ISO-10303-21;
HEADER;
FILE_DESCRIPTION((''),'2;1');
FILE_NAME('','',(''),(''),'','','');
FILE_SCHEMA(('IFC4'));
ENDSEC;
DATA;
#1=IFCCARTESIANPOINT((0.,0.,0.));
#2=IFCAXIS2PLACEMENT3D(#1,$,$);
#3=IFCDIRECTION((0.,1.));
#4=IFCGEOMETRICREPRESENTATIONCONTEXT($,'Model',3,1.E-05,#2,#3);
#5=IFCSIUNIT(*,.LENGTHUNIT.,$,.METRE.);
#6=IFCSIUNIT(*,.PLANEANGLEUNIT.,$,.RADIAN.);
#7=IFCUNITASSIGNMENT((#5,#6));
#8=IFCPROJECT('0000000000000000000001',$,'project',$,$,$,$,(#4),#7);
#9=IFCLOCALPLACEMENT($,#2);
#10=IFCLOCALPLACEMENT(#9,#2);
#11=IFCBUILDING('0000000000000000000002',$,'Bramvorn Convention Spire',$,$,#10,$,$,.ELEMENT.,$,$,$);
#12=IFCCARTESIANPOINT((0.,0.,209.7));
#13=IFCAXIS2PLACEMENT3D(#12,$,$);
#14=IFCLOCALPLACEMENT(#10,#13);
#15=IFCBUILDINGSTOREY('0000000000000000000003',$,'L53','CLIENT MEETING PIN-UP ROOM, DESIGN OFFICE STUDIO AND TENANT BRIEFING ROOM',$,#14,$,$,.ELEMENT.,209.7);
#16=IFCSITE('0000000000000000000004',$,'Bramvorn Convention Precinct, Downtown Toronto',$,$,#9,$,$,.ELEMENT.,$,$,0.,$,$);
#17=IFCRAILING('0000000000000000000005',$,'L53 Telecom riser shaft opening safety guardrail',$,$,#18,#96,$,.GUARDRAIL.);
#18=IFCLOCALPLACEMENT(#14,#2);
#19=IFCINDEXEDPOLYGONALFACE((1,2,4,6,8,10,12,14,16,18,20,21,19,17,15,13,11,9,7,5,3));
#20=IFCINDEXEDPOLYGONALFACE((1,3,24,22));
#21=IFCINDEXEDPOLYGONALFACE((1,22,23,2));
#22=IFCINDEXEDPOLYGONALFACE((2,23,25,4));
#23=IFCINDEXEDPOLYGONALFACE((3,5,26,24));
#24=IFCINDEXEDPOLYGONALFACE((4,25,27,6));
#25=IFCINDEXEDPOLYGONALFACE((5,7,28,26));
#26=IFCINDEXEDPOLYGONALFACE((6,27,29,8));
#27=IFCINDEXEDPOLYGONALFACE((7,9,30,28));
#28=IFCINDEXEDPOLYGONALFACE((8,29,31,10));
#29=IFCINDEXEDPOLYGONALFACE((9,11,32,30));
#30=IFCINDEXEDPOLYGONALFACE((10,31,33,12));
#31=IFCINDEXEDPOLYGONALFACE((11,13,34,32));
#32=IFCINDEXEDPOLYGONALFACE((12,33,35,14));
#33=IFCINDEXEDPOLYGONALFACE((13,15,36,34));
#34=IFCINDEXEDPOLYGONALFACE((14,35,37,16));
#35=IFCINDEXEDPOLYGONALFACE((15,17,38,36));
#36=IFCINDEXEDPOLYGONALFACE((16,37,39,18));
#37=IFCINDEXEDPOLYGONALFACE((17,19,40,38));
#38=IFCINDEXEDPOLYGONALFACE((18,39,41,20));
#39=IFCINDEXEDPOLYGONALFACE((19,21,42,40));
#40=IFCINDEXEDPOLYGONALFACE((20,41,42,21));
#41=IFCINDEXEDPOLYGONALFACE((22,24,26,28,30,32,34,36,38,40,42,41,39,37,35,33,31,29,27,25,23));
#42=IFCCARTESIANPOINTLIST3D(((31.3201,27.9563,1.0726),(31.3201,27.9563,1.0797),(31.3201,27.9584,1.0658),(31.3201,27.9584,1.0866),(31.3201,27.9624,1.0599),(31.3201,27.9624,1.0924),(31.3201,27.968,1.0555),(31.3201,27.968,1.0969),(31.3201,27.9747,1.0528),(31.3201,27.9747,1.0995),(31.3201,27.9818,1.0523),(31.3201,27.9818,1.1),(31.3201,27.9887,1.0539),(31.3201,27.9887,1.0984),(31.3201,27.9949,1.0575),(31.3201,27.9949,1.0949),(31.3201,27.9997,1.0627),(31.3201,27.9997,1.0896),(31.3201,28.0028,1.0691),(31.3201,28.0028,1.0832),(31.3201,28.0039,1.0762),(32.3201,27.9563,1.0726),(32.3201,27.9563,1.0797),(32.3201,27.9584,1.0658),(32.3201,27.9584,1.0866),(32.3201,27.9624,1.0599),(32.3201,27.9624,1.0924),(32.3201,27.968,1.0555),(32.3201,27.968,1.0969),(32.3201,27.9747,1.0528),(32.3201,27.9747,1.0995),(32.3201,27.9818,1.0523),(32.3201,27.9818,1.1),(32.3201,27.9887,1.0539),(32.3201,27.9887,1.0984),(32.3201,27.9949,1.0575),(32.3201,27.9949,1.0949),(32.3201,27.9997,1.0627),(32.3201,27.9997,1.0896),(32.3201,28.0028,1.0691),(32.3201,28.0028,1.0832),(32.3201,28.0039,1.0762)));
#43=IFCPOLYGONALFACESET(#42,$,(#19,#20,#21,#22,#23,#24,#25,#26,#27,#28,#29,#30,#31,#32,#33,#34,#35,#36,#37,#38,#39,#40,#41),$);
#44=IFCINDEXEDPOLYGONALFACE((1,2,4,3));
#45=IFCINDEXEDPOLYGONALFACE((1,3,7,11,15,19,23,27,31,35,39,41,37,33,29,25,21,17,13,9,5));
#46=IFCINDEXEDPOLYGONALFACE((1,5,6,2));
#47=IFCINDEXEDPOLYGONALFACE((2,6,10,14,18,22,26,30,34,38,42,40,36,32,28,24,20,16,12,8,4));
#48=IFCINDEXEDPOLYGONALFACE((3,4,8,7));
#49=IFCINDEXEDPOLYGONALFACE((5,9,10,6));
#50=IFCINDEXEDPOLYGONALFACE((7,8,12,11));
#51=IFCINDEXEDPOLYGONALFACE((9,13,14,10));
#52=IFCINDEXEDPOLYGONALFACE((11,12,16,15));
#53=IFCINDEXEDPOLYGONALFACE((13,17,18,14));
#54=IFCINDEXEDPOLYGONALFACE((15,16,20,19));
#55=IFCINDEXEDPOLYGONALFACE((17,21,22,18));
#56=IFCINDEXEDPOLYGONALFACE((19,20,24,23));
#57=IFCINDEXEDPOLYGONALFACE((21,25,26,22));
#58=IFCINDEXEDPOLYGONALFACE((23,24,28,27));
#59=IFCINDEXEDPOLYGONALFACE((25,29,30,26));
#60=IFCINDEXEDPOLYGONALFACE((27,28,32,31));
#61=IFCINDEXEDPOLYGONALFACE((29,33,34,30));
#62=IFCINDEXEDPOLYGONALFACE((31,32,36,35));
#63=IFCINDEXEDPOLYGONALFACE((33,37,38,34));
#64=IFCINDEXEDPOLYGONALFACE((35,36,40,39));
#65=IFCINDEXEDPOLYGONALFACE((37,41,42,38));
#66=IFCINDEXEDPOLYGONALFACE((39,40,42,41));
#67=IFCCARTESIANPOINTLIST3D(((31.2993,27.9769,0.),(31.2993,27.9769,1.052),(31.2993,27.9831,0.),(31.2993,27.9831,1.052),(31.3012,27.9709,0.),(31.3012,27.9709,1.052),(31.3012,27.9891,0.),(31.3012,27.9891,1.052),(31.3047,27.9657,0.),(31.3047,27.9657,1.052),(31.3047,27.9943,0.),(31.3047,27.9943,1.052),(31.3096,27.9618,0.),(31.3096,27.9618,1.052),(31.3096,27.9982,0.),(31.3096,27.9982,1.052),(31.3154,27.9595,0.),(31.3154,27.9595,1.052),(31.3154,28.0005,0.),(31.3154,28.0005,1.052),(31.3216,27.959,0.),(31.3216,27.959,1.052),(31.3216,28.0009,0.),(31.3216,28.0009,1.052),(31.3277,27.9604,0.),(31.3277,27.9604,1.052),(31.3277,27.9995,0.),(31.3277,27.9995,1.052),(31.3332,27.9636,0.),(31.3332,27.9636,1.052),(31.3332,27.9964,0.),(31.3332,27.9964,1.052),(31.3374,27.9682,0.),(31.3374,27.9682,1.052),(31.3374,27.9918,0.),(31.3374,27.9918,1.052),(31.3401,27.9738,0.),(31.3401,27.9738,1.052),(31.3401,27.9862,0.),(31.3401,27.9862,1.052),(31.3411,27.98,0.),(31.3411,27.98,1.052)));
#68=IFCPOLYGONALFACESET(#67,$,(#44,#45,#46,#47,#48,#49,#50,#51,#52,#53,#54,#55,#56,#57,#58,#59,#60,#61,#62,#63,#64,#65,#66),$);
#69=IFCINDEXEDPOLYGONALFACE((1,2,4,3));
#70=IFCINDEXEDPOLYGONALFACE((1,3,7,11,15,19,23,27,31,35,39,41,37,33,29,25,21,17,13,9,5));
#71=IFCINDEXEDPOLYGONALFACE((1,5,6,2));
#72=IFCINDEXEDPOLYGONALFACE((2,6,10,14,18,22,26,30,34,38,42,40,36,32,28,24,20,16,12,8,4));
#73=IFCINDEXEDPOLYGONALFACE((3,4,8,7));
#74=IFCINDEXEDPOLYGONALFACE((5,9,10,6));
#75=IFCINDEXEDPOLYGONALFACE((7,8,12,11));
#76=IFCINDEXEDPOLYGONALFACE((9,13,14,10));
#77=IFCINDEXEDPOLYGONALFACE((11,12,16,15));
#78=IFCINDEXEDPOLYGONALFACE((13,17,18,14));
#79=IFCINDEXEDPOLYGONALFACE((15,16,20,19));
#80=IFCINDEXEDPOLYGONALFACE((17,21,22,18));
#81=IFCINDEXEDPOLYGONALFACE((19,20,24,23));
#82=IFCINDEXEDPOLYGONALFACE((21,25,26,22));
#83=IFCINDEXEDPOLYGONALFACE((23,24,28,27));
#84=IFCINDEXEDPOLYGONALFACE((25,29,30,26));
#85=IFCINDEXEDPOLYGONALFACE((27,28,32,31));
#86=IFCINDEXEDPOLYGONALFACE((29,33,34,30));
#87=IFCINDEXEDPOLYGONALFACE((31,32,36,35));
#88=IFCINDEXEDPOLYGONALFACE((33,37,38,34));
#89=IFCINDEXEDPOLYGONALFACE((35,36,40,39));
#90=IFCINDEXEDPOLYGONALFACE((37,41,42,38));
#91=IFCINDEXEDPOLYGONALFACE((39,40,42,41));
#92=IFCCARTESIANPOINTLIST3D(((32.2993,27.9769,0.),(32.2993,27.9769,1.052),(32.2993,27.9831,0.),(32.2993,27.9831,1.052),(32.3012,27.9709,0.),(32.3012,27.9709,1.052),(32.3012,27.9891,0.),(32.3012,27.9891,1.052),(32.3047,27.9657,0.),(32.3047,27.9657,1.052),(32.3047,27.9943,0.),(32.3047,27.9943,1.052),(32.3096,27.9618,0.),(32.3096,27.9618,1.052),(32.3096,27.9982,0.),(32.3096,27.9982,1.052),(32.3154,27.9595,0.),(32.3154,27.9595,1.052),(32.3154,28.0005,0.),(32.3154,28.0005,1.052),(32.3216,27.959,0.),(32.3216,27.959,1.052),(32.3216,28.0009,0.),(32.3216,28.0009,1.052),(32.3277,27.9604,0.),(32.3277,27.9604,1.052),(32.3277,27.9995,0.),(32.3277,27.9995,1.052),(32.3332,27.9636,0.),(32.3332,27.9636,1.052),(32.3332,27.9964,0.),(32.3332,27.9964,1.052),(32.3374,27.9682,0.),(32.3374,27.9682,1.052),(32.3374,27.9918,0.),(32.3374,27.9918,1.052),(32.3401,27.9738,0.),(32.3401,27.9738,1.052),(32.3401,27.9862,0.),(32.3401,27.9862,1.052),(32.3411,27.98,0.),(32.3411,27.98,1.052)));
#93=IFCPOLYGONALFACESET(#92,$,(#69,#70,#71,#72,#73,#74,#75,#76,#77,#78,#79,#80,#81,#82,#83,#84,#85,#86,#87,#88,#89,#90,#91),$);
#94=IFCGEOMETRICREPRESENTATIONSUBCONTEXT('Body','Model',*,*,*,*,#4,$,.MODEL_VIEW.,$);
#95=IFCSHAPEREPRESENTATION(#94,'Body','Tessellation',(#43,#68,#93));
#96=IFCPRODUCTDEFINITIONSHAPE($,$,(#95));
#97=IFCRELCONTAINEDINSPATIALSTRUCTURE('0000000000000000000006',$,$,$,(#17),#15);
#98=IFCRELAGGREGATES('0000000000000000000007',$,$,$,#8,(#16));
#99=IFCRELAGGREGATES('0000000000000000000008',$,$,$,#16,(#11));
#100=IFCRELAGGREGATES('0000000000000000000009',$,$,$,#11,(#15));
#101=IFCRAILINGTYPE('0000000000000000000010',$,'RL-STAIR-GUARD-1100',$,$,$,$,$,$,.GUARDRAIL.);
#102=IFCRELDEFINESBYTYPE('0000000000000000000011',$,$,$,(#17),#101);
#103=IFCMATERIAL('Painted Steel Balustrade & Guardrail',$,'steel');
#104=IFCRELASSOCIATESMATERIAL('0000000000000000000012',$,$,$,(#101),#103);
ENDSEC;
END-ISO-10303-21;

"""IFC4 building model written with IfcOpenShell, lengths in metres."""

from ifc_helpers import new_model, si_unit, direction, frame, origin, origin_2d, place, context, subcontext, project, spatial, circle, extrude, material, type_object, element, save


model = new_model("IFC4")

# Units and contexts
model_context = context("Model", 3, precision=1e-05, world=origin(), true_north=direction((0.0, 1.0)))
body_context = subcontext(model_context, "Body", "Model", "MODEL_VIEW")
ifc_project = project(units=[si_unit("LENGTHUNIT", "METRE"), si_unit("PLANEANGLEUNIT", "RADIAN")], contexts=[model_context])

# Site, building, storey
site_placement = place(None, origin())
site = spatial("IfcSite", under=ifc_project, at=site_placement, Name="Bramvorn Convention Precinct, Downtown Toronto", CompositionType="ELEMENT", RefElevation=0.0)
building_placement = place(site_placement, origin())
building = spatial("IfcBuilding", under=site, at=building_placement, Name="Bramvorn Convention Spire", CompositionType="ELEMENT")
storey_placement = place(building_placement, frame((0.0, 0.0, 209.7)))
storey = spatial("IfcBuildingStorey", under=building, at=storey_placement, Name="L53", Description="CLIENT MEETING PIN-UP ROOM, DESIGN OFFICE STUDIO AND TENANT BRIEFING ROOM", CompositionType="ELEMENT", Elevation=209.7)

# Railing
ifc_material_1 = material(Name="Painted Steel Balustrade & Guardrail", Category="steel")
railing_type = type_object("IfcRailingType", Name="RL-STAIR-GUARD-1100", PredefinedType="GUARDRAIL", material=ifc_material_1)
railing_1_placement = place(storey_placement, frame((31.3201, 27.98, 0.0)))
element("IfcRailing", 1, at=railing_1_placement, inside=storey, type_object=railing_type, Name="L53 Telecom riser shaft opening safety guardrail", PredefinedType="GUARDRAIL", context=body_context, shape_type="SweptSolid", body=[
    extrude(circle(Radius=0.0239, at=origin_2d()), frame((0.0, 0.0, 1.0762), z_axis=(1.0, 0.0, 0.0), x_axis=(0.0, 1.0, 0.0)), (0.0, 0.0, 1.0), 1.0),
    extrude(circle(Radius=0.021, at=origin_2d()), origin(), (0.0, 0.0, 1.0), 1.052),
    extrude(circle(Radius=0.021, at=origin_2d()), frame((1.0, 0.0, 0.0)), (0.0, 0.0, 1.0), 1.052),
])

save(model, "model.ifc")
